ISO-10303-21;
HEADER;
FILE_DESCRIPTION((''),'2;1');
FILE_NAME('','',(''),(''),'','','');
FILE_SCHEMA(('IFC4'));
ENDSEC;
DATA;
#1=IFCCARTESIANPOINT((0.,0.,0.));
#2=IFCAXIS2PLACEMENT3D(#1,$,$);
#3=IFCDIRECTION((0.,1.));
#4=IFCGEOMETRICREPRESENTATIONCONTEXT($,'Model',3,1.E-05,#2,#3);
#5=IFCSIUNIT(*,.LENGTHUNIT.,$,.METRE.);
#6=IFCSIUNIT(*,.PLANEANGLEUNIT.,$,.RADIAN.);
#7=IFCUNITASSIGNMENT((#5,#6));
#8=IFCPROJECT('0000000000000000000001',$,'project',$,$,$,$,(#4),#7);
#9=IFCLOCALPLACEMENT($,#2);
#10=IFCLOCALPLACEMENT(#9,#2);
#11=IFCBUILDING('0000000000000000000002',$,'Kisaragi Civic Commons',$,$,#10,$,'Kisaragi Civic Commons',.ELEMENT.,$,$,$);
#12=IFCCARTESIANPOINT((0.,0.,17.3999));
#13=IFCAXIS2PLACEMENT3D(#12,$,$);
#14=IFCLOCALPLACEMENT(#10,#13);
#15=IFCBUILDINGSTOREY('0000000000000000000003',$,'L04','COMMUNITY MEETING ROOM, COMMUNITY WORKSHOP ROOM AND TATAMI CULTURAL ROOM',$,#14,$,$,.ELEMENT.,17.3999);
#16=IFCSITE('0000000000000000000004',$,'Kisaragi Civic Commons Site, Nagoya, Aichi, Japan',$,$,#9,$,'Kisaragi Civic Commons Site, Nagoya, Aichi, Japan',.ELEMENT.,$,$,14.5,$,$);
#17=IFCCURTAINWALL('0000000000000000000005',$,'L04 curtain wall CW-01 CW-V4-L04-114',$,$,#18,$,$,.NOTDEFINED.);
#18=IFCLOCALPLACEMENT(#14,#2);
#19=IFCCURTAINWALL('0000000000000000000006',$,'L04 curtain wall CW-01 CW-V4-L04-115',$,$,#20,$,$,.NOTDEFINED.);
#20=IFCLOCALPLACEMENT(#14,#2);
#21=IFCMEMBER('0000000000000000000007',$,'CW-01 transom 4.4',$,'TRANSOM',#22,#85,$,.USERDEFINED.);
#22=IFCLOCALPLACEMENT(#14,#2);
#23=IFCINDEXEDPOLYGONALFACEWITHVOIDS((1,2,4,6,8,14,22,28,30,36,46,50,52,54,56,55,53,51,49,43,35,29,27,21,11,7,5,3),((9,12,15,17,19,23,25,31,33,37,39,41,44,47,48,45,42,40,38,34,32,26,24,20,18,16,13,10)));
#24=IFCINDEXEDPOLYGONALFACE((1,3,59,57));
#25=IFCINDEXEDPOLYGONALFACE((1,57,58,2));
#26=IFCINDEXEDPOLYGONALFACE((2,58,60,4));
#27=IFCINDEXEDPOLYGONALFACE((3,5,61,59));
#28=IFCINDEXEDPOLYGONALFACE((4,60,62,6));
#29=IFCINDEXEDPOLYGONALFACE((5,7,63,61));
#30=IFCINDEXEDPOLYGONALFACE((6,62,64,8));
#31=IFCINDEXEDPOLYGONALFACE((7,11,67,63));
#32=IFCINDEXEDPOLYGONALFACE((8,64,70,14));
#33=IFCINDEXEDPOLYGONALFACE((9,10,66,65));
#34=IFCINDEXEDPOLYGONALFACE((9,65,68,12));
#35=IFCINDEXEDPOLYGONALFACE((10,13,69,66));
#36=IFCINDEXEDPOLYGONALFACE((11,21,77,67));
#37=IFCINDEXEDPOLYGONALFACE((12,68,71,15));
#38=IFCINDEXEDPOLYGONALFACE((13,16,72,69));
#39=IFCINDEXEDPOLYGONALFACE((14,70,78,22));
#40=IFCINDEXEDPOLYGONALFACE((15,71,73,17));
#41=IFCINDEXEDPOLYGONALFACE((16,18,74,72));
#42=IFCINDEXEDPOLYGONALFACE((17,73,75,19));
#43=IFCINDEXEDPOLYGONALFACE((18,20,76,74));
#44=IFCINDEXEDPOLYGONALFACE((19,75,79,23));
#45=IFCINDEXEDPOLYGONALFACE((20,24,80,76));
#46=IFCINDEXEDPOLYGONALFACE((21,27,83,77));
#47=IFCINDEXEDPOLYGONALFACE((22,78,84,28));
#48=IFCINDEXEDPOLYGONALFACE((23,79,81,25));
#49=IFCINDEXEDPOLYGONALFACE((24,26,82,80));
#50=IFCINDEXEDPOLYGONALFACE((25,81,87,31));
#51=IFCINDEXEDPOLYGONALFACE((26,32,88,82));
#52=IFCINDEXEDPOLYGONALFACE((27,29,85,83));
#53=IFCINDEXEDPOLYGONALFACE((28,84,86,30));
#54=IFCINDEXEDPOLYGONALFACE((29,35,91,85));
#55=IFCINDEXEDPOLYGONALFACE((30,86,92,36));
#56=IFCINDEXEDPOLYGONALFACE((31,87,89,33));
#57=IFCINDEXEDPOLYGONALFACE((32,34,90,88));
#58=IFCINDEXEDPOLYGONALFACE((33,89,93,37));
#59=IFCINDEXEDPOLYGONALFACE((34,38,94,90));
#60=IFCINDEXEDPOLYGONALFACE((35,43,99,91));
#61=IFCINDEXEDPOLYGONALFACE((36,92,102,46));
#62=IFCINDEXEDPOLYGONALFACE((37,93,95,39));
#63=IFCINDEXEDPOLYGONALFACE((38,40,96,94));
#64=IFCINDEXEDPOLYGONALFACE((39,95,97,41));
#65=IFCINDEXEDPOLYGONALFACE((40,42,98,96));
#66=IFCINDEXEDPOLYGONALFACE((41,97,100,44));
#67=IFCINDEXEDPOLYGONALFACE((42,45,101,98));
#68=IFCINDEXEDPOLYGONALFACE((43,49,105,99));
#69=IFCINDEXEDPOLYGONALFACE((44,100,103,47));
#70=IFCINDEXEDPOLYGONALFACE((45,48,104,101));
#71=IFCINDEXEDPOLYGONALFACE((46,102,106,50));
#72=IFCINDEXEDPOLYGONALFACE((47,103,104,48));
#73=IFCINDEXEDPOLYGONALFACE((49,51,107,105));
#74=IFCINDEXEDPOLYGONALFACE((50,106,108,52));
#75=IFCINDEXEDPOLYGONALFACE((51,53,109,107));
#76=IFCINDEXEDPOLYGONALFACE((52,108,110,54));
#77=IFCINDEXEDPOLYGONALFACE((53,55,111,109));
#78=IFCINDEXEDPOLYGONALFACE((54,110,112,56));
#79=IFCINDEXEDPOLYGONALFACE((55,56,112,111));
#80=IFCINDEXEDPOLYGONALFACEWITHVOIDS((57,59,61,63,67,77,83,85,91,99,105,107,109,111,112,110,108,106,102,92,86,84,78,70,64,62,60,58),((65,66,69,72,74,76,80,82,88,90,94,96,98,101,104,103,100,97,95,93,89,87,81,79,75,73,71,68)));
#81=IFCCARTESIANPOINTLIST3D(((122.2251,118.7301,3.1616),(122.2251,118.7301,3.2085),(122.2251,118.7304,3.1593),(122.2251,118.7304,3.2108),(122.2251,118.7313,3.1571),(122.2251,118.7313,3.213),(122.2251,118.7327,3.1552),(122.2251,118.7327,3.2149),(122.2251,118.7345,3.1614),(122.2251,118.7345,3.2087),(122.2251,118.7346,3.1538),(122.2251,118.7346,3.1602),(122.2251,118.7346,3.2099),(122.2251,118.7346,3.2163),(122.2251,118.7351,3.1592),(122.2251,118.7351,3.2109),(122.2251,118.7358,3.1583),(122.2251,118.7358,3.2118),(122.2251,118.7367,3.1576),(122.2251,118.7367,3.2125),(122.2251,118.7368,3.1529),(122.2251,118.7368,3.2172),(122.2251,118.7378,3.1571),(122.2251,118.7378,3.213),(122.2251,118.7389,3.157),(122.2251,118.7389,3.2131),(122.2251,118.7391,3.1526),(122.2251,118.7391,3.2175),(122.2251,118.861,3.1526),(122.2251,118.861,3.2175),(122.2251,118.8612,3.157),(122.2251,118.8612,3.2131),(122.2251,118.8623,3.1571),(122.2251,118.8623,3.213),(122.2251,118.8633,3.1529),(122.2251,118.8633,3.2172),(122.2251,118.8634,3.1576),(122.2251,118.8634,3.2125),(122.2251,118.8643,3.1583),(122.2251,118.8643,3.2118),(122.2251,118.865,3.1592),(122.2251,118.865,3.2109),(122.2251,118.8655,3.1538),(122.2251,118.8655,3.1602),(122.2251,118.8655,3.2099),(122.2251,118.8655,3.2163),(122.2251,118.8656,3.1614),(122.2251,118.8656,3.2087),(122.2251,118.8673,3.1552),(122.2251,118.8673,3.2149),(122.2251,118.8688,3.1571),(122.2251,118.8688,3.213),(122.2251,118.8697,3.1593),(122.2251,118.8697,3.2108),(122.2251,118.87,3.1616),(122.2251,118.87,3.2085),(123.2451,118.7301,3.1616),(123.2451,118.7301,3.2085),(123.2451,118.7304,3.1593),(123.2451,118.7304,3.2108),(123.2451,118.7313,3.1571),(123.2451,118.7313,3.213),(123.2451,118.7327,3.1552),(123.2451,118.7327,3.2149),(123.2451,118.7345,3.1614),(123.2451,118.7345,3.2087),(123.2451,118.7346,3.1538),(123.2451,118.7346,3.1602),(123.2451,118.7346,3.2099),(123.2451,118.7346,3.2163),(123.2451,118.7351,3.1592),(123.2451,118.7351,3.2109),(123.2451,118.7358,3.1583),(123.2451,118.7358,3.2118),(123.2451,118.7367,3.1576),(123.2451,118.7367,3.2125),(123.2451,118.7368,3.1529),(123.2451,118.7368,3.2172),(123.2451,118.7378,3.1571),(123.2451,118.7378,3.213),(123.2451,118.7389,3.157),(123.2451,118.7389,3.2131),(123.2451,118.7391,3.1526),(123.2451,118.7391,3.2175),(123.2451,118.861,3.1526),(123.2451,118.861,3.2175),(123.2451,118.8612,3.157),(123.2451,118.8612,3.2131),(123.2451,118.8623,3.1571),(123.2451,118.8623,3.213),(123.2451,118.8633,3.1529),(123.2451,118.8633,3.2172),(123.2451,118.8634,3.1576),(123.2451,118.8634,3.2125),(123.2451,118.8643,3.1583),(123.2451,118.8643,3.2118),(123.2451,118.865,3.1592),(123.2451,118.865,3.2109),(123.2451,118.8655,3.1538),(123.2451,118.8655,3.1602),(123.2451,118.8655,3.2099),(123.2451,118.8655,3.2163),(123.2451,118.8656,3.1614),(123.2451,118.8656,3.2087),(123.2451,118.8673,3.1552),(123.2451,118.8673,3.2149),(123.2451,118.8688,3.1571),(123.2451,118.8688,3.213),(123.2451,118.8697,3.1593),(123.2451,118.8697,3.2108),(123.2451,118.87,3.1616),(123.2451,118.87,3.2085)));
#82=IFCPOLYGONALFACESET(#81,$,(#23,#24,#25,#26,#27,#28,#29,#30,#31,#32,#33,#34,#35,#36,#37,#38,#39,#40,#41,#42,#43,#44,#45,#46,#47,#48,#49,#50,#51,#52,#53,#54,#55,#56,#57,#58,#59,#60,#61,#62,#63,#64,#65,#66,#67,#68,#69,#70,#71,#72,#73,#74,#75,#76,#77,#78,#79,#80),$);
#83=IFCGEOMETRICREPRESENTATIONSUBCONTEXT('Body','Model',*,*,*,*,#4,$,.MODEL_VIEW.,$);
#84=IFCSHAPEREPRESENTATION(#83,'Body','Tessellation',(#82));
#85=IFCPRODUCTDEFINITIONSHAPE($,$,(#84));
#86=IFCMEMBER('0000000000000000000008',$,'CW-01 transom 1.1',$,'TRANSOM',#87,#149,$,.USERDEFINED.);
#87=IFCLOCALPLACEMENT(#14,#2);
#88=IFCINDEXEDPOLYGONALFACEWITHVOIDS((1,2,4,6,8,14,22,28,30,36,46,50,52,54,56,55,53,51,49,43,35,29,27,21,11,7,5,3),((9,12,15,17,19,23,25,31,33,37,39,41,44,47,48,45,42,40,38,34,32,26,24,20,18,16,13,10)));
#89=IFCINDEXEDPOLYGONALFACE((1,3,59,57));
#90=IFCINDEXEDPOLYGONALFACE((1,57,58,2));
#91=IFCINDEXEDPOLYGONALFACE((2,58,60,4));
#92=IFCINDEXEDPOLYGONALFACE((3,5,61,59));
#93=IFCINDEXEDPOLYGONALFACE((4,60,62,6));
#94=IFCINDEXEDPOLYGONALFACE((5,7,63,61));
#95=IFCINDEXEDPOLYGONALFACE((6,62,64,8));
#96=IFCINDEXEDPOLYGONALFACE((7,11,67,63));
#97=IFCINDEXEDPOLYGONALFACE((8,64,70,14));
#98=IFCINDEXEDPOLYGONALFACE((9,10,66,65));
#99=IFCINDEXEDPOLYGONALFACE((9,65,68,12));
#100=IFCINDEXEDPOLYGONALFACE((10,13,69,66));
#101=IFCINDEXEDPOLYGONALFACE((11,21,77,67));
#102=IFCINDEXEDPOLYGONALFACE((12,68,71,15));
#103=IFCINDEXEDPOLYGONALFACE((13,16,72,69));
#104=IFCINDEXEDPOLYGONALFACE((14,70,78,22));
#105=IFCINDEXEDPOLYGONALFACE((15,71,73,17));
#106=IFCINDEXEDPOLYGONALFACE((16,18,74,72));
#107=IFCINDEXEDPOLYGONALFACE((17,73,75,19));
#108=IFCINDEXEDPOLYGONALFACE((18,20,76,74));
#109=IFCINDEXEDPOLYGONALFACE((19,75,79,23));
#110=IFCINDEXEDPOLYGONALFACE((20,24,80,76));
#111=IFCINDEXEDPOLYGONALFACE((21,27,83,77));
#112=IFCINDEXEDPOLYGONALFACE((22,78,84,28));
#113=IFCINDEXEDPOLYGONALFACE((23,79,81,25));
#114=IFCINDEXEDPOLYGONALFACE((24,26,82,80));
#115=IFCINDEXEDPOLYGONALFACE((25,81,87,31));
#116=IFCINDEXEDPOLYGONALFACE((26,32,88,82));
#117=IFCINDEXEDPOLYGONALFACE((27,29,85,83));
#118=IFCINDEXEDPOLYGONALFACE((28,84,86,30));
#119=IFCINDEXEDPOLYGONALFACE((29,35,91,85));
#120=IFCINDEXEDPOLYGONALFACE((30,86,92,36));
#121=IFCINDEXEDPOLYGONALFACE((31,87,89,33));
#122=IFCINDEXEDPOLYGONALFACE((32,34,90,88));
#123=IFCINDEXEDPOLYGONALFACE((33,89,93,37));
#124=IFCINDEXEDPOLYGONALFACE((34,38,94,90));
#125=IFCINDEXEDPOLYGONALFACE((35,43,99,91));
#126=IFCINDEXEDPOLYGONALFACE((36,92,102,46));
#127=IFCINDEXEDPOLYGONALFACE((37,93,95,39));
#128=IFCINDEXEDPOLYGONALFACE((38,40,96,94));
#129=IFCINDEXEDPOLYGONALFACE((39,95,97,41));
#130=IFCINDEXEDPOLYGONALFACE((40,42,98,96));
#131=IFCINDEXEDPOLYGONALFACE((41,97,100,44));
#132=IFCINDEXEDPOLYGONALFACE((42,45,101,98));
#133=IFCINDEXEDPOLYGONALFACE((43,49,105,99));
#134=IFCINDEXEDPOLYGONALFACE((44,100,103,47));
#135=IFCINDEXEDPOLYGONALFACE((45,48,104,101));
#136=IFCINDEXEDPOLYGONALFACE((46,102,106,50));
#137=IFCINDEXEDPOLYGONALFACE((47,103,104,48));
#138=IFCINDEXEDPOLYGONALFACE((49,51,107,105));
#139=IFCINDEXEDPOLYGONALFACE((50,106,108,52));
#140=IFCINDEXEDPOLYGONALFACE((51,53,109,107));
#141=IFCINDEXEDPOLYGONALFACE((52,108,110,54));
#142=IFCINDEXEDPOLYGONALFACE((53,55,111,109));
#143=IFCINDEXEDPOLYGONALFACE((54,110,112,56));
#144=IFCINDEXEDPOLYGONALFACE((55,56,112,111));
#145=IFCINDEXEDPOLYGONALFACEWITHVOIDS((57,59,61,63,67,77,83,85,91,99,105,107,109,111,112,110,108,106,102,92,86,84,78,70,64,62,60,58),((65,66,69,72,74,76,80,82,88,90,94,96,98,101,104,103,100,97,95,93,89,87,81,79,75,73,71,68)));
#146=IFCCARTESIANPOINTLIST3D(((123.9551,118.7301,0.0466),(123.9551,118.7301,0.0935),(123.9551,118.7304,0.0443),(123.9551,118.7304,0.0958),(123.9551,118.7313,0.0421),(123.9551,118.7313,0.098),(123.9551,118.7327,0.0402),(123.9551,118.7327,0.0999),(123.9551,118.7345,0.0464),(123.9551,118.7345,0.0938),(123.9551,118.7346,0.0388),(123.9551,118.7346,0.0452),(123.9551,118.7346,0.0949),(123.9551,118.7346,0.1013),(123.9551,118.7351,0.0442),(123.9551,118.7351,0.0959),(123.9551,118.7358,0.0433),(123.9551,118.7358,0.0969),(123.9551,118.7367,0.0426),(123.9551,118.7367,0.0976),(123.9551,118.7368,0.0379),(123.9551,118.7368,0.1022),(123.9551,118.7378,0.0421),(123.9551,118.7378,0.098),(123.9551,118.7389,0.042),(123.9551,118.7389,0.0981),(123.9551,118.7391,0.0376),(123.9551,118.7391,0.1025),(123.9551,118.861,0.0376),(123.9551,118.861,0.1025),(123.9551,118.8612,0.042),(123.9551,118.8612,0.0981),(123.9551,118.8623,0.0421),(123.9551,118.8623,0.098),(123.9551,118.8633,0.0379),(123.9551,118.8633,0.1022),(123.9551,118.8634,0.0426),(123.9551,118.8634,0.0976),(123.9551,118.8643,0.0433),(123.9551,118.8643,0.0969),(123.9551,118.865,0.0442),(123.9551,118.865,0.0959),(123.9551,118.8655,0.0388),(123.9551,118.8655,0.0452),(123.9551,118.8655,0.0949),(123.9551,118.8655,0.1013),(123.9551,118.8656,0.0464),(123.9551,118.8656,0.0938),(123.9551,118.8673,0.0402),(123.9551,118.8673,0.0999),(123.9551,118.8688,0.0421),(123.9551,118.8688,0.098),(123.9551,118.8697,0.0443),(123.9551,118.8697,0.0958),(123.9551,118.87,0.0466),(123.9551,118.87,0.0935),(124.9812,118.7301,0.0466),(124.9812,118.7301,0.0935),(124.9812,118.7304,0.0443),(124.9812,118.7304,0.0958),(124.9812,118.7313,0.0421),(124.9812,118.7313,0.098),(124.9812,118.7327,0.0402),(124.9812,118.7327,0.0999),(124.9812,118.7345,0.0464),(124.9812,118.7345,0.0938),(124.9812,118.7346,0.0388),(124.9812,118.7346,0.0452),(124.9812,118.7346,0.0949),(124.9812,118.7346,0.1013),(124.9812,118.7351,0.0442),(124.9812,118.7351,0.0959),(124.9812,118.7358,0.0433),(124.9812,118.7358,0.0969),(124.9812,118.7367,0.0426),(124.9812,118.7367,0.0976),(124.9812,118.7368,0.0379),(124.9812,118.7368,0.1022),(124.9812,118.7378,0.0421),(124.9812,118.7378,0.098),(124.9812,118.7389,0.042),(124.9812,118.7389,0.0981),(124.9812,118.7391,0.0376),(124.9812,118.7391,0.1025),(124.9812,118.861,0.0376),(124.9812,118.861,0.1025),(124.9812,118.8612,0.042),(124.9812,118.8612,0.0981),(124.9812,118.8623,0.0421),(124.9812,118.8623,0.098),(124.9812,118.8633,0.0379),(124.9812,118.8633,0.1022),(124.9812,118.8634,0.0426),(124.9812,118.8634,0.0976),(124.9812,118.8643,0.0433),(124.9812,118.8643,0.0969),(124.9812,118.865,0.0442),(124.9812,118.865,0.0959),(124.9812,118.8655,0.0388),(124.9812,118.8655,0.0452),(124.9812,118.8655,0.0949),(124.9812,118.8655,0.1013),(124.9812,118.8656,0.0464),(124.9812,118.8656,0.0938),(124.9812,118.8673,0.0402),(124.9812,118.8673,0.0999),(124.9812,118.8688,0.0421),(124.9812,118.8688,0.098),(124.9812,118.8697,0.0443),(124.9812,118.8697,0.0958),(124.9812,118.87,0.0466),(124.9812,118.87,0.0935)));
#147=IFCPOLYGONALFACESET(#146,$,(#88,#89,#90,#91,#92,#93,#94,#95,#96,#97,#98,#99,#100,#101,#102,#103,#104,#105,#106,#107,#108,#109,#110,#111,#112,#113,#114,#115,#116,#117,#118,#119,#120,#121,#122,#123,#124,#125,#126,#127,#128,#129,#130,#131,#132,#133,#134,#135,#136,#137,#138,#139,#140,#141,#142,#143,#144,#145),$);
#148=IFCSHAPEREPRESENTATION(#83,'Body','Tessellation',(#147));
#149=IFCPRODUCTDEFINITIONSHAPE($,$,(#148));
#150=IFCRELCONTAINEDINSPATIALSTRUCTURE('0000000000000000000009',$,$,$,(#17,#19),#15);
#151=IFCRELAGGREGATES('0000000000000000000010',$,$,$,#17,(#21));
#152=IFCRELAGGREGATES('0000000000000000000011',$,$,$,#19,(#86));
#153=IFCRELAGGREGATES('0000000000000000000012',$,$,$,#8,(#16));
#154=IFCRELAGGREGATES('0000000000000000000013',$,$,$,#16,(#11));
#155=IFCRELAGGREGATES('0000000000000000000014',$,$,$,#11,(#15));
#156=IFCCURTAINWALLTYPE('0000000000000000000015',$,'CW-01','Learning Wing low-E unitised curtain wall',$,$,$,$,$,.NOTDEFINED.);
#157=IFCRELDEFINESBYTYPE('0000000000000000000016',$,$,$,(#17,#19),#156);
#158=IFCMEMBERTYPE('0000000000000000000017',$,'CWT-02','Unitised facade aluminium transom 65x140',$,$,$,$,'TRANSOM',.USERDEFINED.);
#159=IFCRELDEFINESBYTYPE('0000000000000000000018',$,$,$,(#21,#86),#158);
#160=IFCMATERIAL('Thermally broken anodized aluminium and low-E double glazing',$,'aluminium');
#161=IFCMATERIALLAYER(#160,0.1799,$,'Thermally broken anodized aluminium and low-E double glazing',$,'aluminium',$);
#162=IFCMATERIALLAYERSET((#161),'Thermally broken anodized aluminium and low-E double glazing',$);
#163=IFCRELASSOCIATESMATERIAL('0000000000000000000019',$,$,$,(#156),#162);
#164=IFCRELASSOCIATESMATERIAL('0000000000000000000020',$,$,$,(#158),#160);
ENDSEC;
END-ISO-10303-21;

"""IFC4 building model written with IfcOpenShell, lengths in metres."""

from ifc_helpers import new_model, si_unit, direction, frame, origin, origin_2d, place, context, subcontext, project, spatial, hollow_rectangle, extrude, material, layer, layer_set, material_profile, profile_set, type_object, element, aggregate, save


model = new_model("IFC4")

# Units and contexts
model_context = context("Model", 3, precision=1e-05, world=origin(), true_north=direction((0.0, 1.0)))
body_context = subcontext(model_context, "Body", "Model", "MODEL_VIEW")
ifc_project = project(units=[si_unit("LENGTHUNIT", "METRE"), si_unit("PLANEANGLEUNIT", "RADIAN")], contexts=[model_context])

# Site, building, storey
site_placement = place(None, origin())
site = spatial("IfcSite", under=ifc_project, at=site_placement, Name="Kisaragi Civic Commons Site, Nagoya, Aichi, Japan", LongName="Kisaragi Civic Commons Site, Nagoya, Aichi, Japan", CompositionType="ELEMENT", RefElevation=14.5)
building_placement = place(site_placement, origin())
building = spatial("IfcBuilding", under=site, at=building_placement, Name="Kisaragi Civic Commons", LongName="Kisaragi Civic Commons", CompositionType="ELEMENT")
storey_placement = place(building_placement, frame((0.0, 0.0, 17.3999)))
storey = spatial("IfcBuildingStorey", under=building, at=storey_placement, Name="L04", Description="COMMUNITY MEETING ROOM, COMMUNITY WORKSHOP ROOM AND TATAMI CULTURAL ROOM", CompositionType="ELEMENT", Elevation=17.3999)

# Curtain walls
ifc_material_1 = material(Name="Thermally broken anodized aluminium and low-E double glazing", Category="aluminium")
ifc_layer_1 = layer(ifc_material_1, 0.1799, Name="Thermally broken anodized aluminium and low-E double glazing", Category="aluminium")
ifc_layer_set_1 = layer_set([ifc_layer_1], Name="Thermally broken anodized aluminium and low-E double glazing")
curtain_wall_type = type_object("IfcCurtainWallType", Name="CW-01", Description="Learning Wing low-E unitised curtain wall", PredefinedType="NOTDEFINED", material=ifc_layer_set_1)
curtain_wall_1_placement = place(storey_placement, origin())
curtain_wall_1 = element("IfcCurtainWall", 1, at=curtain_wall_1_placement, inside=storey, type_object=curtain_wall_type, Name="L04 curtain wall CW-01 CW-V4-L04-114", PredefinedType="NOTDEFINED")
curtain_wall_2_placement = place(storey_placement, origin())
curtain_wall_2 = element("IfcCurtainWall", 2, at=curtain_wall_2_placement, inside=storey, type_object=curtain_wall_type, Name="L04 curtain wall CW-01 CW-V4-L04-115", PredefinedType="NOTDEFINED")

# Members
ifc_material_profile_1 = material_profile(ifc_material_1, hollow_rectangle(XDim=0.1399, YDim=0.0649, WallThickness=0.0044, InnerFilletRadius=0.0044, OuterFilletRadius=0.009, at=origin_2d()), Name="CWT-65x140x4.5", Category="aluminium")
ifc_profile_set_1 = profile_set([ifc_material_profile_1], Name="Thermally broken anodized aluminium and low-E double glazing")
member_type_1 = type_object("IfcMemberType", Name="CWT-02", Description="Unitised facade aluminium transom 65x140", ElementType="TRANSOM", PredefinedType="USERDEFINED", material=ifc_profile_set_1)
member_1_placement = place(storey_placement, frame((122.2251, 118.8, 3.1851), z_axis=(1.0, 0.0, 0.0), x_axis=(0.0, 1.0, 0.0)))
member_1 = element("IfcMember", 3, at=member_1_placement, type_object=member_type_1, Name="CW-01 transom 4.4", ObjectType="TRANSOM", PredefinedType="USERDEFINED", context=body_context, shape_type="SweptSolid", body=[
    extrude(hollow_rectangle(XDim=0.1399, YDim=0.0649, WallThickness=0.0044, InnerFilletRadius=0.0044, OuterFilletRadius=0.009, at=origin_2d()), origin(), (0.0, 0.0, 1.0), 1.02),
])
member_2_placement = place(storey_placement, frame((123.9551, 118.8, 0.0701), z_axis=(1.0, 0.0, 0.0), x_axis=(0.0, 1.0, 0.0)))
member_2 = element("IfcMember", 4, at=member_2_placement, type_object=member_type_1, Name="CW-01 transom 1.1", ObjectType="TRANSOM", PredefinedType="USERDEFINED", context=body_context, shape_type="SweptSolid", body=[
    extrude(hollow_rectangle(XDim=0.1399, YDim=0.0649, WallThickness=0.0044, InnerFilletRadius=0.0044, OuterFilletRadius=0.009, at=origin_2d()), origin(), (0.0, 0.0, 1.0), 1.0261),
])

aggregate(curtain_wall_1, [member_1])
aggregate(curtain_wall_2, [member_2])

save(model, "model.ifc")
